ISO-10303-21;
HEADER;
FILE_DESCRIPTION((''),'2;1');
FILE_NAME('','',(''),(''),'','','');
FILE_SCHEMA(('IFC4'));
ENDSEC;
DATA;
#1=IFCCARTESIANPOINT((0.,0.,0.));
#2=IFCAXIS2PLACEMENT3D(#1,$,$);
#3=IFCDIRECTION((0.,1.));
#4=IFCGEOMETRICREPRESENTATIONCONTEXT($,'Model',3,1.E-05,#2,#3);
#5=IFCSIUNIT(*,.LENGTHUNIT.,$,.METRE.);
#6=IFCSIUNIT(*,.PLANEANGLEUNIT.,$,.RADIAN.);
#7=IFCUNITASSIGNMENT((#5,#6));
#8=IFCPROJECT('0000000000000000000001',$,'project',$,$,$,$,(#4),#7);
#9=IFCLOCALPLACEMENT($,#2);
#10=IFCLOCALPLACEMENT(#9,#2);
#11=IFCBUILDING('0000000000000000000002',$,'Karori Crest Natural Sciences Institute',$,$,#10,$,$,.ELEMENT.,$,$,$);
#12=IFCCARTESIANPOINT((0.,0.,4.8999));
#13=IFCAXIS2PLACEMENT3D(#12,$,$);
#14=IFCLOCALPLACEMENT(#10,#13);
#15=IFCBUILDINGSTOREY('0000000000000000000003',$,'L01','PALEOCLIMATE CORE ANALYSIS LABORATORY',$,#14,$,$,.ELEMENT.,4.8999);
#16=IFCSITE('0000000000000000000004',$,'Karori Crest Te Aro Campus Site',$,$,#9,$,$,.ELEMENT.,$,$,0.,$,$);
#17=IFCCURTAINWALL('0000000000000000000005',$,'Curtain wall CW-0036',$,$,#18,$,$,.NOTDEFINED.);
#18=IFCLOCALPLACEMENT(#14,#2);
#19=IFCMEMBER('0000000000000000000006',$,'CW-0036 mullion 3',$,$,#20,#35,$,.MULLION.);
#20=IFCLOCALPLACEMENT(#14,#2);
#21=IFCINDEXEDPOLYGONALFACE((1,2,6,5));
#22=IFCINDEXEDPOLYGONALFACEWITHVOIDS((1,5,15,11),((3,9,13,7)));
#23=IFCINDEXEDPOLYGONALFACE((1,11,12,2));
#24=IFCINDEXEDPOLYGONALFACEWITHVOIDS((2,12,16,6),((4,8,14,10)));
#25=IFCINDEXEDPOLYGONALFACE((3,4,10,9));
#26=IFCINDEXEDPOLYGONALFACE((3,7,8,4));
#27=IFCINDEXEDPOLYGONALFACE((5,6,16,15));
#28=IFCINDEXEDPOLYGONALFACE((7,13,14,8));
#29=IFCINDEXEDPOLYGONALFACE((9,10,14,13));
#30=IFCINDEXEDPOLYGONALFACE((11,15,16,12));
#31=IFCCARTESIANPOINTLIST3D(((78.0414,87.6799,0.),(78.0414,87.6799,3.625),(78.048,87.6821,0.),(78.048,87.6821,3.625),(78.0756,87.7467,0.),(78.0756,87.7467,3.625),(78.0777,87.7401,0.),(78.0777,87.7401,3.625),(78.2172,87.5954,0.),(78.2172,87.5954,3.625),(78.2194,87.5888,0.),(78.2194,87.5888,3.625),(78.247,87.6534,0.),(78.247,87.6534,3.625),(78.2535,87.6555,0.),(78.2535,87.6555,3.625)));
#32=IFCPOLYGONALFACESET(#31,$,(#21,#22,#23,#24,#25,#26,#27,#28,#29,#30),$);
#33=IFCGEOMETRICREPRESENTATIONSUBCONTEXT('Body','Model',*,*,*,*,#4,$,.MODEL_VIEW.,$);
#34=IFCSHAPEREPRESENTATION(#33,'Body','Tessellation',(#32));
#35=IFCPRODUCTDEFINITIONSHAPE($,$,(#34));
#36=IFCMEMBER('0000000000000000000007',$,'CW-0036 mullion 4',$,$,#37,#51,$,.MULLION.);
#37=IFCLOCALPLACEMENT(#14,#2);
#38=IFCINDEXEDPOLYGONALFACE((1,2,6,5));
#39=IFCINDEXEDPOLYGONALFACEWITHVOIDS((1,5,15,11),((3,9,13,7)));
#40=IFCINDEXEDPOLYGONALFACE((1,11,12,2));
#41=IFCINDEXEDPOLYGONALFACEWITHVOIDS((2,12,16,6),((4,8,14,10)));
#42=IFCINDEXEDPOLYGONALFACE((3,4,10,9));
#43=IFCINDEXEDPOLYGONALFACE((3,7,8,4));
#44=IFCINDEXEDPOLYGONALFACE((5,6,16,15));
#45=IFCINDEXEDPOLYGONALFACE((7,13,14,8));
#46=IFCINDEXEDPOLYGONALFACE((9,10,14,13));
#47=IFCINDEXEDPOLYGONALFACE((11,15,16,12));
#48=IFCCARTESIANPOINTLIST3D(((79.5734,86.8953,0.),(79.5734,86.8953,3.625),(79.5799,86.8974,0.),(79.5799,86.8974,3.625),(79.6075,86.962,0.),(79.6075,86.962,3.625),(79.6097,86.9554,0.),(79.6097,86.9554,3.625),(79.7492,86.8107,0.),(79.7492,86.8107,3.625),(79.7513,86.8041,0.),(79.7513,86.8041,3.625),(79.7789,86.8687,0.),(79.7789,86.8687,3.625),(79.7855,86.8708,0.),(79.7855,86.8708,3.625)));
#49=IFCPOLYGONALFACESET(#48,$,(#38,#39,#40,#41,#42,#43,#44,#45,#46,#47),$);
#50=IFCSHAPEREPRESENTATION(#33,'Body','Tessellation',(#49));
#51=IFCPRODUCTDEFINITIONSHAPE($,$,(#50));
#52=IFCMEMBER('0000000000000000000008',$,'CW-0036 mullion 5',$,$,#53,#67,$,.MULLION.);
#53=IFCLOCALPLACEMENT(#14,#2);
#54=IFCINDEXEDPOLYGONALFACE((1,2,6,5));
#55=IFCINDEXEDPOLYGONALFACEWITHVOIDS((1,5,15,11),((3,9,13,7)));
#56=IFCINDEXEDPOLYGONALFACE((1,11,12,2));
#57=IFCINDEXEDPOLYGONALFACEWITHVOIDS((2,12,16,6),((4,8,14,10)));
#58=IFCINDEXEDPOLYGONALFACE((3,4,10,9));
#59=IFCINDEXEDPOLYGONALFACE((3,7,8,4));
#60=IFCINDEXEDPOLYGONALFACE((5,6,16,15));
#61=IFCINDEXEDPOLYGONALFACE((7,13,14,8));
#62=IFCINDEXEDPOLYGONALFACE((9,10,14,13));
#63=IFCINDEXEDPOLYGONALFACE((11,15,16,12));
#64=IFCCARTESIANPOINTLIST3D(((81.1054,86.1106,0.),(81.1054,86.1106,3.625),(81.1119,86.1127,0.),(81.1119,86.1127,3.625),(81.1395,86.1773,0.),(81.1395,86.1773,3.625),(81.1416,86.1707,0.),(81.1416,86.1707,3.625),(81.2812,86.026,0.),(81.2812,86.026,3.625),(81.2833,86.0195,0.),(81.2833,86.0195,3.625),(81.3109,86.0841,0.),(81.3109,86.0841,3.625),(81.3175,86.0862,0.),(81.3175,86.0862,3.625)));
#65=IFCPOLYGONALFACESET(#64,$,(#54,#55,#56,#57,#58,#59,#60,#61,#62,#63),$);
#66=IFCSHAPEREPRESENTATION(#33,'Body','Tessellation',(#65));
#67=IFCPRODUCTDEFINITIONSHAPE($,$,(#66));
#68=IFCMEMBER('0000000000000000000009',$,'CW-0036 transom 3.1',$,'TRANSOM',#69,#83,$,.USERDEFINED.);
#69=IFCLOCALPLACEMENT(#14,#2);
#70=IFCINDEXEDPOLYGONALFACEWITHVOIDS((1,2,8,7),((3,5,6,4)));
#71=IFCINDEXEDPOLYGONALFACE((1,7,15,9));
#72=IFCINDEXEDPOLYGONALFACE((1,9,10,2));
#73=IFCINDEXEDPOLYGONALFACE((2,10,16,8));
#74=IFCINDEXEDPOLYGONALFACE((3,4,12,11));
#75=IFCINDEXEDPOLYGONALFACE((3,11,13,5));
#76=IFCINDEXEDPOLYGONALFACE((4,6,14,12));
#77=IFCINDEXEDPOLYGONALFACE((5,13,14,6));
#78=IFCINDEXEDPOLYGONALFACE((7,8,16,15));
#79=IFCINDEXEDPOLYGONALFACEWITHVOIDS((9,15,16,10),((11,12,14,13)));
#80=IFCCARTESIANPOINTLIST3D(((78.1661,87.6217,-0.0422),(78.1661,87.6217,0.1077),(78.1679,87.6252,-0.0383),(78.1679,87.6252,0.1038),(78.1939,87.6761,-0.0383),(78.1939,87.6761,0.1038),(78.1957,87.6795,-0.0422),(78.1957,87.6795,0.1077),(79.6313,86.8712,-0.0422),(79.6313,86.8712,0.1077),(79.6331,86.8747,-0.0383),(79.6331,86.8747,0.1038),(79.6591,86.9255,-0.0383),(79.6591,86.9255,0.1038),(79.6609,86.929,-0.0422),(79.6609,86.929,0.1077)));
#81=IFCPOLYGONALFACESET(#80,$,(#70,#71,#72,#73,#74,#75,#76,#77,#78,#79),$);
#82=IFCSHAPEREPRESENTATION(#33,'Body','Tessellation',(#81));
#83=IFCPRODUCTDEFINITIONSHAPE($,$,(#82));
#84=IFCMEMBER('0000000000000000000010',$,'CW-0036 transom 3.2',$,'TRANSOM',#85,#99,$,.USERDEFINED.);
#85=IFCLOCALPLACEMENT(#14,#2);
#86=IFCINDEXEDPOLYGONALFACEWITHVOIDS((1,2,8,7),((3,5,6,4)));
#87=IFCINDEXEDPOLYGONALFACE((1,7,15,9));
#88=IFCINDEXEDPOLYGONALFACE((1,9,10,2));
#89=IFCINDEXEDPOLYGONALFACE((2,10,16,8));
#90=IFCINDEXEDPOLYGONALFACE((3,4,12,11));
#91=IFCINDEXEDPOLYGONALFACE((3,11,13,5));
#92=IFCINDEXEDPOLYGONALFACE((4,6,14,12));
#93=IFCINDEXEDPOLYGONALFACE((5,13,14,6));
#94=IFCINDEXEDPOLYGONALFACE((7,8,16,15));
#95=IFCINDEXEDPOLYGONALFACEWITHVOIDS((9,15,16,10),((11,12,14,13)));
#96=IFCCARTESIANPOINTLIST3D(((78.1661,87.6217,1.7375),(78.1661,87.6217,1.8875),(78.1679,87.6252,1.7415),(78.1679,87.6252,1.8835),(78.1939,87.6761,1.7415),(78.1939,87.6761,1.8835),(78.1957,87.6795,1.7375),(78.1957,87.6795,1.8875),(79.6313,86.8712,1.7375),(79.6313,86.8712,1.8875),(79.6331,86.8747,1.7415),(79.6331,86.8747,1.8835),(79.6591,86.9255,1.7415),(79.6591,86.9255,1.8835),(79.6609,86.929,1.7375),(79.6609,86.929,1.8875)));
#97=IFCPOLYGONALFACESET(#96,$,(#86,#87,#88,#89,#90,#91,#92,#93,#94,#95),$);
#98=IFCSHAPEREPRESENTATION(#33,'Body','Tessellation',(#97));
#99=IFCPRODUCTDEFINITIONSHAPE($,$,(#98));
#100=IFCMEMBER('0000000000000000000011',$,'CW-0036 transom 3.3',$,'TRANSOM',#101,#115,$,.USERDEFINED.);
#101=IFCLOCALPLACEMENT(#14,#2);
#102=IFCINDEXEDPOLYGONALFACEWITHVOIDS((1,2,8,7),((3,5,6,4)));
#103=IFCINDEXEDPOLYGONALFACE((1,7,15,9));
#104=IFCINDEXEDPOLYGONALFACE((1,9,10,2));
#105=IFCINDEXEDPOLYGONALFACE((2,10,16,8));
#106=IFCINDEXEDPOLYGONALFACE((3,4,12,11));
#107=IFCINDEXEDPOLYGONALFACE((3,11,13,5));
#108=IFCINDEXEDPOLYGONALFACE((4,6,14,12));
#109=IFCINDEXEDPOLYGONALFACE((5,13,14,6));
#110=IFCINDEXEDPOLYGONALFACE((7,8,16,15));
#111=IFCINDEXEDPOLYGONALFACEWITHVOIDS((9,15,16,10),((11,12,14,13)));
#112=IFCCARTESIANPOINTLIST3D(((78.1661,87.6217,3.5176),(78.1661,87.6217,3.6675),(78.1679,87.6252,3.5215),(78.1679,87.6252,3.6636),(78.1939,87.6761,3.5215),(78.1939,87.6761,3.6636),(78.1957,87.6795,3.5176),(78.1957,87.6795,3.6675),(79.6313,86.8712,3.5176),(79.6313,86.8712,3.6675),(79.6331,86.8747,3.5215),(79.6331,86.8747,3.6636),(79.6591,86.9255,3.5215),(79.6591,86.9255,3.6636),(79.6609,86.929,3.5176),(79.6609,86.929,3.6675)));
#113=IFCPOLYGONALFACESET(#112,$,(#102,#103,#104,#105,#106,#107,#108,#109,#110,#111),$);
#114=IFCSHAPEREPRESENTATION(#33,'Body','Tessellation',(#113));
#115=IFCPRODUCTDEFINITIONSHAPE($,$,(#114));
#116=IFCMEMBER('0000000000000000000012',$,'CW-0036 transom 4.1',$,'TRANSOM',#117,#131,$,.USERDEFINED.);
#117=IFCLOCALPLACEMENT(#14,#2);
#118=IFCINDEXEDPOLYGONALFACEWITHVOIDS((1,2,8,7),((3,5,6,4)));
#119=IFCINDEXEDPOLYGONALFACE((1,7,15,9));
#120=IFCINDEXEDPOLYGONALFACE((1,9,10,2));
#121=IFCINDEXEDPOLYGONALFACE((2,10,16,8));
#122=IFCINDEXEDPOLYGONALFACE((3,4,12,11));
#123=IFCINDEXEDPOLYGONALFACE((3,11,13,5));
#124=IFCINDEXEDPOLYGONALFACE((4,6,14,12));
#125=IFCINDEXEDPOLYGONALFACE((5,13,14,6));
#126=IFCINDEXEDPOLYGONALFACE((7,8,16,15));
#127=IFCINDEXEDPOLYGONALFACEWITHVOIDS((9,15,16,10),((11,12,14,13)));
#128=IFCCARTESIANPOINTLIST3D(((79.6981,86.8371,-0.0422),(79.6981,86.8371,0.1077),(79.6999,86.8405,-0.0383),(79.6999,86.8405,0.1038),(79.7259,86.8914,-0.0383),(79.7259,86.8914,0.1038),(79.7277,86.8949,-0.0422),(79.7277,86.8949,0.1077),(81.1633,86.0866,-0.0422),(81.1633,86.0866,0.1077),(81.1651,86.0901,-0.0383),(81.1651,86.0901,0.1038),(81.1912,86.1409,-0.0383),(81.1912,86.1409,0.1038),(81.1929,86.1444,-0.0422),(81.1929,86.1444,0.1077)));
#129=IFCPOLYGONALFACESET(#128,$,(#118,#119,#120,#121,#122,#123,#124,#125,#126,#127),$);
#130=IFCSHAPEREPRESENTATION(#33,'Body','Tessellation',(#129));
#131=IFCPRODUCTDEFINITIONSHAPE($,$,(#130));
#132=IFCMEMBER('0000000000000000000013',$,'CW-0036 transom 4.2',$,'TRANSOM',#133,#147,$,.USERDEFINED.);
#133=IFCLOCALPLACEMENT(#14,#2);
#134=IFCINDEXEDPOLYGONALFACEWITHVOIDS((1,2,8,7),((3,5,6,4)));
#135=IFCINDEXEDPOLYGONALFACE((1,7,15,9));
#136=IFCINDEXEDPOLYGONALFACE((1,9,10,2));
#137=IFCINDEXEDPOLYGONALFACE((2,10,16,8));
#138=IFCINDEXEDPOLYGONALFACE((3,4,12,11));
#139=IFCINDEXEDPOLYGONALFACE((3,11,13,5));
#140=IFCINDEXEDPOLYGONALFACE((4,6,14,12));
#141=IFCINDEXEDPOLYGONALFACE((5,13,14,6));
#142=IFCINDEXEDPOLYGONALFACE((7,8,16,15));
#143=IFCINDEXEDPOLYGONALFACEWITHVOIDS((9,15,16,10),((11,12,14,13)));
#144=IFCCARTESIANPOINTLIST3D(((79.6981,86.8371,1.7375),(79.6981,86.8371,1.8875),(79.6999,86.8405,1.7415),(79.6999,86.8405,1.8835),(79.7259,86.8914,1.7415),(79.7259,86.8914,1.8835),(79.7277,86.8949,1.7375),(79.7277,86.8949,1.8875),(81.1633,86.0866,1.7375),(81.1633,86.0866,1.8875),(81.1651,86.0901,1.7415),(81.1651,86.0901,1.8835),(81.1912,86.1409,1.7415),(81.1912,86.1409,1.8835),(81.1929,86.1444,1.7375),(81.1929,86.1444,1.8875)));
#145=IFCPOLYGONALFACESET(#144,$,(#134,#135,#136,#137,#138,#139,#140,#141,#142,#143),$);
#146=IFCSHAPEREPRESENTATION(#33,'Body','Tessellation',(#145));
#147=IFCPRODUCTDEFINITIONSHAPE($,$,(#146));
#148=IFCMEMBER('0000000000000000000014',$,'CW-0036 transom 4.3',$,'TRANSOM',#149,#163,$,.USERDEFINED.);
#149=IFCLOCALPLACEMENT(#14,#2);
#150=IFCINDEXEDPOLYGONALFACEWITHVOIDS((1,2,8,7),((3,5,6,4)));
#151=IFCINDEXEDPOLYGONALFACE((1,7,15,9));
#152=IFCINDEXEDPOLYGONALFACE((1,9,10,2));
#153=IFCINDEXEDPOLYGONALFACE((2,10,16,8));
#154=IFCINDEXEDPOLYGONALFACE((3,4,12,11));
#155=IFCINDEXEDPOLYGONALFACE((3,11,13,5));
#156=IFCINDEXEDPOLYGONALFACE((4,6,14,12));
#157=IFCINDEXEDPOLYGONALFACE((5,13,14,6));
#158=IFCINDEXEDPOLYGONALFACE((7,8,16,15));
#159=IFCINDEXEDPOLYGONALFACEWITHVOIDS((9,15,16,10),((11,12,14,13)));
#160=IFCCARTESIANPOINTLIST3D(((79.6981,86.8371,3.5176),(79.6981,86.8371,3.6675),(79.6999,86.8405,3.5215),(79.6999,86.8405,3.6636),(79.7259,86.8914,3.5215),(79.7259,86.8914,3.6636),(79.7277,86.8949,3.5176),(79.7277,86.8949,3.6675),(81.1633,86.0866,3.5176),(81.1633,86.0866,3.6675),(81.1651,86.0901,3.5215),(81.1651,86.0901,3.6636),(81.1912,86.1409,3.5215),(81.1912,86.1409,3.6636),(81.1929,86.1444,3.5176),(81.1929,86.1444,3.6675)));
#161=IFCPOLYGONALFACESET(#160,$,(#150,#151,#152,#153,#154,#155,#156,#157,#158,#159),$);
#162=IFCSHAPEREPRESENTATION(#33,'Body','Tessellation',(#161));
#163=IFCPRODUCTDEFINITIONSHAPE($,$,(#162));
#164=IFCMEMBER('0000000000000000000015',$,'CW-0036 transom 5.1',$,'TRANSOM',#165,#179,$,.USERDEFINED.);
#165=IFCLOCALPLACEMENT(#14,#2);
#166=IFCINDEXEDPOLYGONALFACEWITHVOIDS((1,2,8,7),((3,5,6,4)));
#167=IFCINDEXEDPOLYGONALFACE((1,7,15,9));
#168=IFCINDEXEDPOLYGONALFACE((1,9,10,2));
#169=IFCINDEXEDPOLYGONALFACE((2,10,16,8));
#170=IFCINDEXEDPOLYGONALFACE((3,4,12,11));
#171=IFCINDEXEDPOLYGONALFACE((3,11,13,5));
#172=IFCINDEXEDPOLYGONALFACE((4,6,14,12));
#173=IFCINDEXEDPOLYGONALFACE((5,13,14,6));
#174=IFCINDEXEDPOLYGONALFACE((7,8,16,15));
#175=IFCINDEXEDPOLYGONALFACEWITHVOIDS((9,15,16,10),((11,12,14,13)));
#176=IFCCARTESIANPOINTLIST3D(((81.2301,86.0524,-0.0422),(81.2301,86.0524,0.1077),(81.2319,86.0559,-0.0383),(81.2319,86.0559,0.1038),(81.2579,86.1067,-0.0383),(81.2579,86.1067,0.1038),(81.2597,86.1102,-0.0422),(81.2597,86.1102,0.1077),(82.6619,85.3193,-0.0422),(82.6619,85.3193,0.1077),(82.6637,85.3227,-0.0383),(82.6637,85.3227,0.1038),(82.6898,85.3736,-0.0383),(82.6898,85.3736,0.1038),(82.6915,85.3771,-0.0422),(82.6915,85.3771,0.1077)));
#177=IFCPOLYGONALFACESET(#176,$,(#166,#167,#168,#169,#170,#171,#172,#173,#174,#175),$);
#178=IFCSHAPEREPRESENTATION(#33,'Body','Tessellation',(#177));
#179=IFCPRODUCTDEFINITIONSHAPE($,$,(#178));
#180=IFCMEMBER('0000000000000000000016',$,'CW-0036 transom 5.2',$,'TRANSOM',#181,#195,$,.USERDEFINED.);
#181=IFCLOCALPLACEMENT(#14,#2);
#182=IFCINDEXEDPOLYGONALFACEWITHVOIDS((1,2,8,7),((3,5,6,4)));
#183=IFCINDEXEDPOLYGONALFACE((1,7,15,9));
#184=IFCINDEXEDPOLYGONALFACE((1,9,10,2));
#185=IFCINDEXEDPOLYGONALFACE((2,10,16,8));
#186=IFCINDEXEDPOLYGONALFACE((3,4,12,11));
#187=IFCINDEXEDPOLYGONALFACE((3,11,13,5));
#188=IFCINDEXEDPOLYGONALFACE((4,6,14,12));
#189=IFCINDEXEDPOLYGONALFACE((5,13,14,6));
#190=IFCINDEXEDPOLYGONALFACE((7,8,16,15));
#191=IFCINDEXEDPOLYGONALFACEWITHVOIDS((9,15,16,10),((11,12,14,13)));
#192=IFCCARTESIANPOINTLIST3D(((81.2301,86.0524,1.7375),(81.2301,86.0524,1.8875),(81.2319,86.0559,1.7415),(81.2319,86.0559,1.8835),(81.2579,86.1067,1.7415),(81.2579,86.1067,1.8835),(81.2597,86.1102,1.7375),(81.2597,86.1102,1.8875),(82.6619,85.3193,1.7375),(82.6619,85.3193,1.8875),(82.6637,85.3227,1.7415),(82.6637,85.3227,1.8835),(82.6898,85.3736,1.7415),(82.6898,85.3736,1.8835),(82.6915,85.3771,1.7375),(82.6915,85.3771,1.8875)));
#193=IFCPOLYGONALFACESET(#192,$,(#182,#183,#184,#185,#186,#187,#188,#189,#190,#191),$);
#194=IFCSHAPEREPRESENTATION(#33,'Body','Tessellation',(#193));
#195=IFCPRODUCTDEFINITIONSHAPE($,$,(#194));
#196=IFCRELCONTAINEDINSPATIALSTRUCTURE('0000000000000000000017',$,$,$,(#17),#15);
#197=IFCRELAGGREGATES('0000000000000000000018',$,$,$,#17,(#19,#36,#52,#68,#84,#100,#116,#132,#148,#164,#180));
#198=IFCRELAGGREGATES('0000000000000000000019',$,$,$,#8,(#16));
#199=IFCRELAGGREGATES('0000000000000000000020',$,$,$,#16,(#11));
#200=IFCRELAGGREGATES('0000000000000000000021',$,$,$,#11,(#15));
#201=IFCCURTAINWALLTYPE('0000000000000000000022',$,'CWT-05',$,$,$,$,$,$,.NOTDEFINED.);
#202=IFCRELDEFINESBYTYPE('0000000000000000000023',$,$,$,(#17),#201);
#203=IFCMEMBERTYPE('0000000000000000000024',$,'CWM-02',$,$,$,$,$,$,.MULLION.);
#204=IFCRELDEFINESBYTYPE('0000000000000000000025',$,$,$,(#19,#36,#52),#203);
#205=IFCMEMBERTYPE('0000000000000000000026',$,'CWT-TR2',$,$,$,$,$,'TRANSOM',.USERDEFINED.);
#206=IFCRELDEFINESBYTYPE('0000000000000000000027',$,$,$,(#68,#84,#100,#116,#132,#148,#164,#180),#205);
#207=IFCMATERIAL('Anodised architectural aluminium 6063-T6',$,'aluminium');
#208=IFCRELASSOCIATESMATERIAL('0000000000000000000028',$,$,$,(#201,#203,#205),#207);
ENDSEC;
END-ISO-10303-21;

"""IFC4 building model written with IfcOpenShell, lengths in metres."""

from ifc_helpers import new_model, si_unit, direction, frame, origin, origin_2d, place, context, subcontext, project, spatial, hollow_rectangle, extrude, material, material_profile, profile_set, type_object, element, aggregate, save


model = new_model("IFC4")

# Units and contexts
model_context = context("Model", 3, precision=1e-05, world=origin(), true_north=direction((0.0, 1.0)))
body_context = subcontext(model_context, "Body", "Model", "MODEL_VIEW")
ifc_project = project(units=[si_unit("LENGTHUNIT", "METRE"), si_unit("PLANEANGLEUNIT", "RADIAN")], contexts=[model_context])

# Site, building, storey
site_placement = place(None, origin())
site = spatial("IfcSite", under=ifc_project, at=site_placement, Name="Karori Crest Te Aro Campus Site", CompositionType="ELEMENT", RefElevation=0.0)
building_placement = place(site_placement, origin())
building = spatial("IfcBuilding", under=site, at=building_placement, Name="Karori Crest Natural Sciences Institute", CompositionType="ELEMENT")
storey_placement = place(building_placement, frame((0.0, 0.0, 4.8999)))
storey = spatial("IfcBuildingStorey", under=building, at=storey_placement, Name="L01", Description="PALEOCLIMATE CORE ANALYSIS LABORATORY", CompositionType="ELEMENT", Elevation=4.8999)

# Curtain wall, members
ifc_material_1 = material(Name="Anodised architectural aluminium 6063-T6", Category="aluminium")
curtain_wall_type = type_object("IfcCurtainWallType", Name="CWT-05", PredefinedType="NOTDEFINED", material=ifc_material_1)
curtain_wall_placement = place(storey_placement, origin())
curtain_wall = element("IfcCurtainWall", 1, at=curtain_wall_placement, inside=storey, type_object=curtain_wall_type, Name="Curtain wall CW-0036", PredefinedType="NOTDEFINED")
ifc_material_profile_1 = material_profile(ifc_material_1, hollow_rectangle(XDim=0.075, YDim=0.2, WallThickness=0.0049, at=origin_2d()), Name="CWM200x75x5")
ifc_profile_set_1 = profile_set([ifc_material_profile_1], Name="Anodised architectural aluminium 6063-T6")
member_type_1 = type_object("IfcMemberType", Name="CWM-02", PredefinedType="MULLION", material=ifc_profile_set_1)
member_1_placement = place(storey_placement, frame((78.1475, 87.6677, 0.0), z_axis=(0.0, 0.0, 1.0), x_axis=(0.455833, 0.890065, 0.0)))
member_1 = element("IfcMember", 2, at=member_1_placement, type_object=member_type_1, Name="CW-0036 mullion 3", PredefinedType="MULLION", context=body_context, shape_type="SweptSolid", body=[
    extrude(hollow_rectangle(XDim=0.075, YDim=0.2, WallThickness=0.0049, at=origin_2d()), origin(), (0.0, 0.0, 1.0), 3.625),
])
member_2_placement = place(storey_placement, frame((79.6794, 86.8831, 0.0), z_axis=(0.0, 0.0, 1.0), x_axis=(0.455833, 0.890065, 0.0)))
member_2 = element("IfcMember", 3, at=member_2_placement, type_object=member_type_1, Name="CW-0036 mullion 4", PredefinedType="MULLION", context=body_context, shape_type="SweptSolid", body=[
    extrude(hollow_rectangle(XDim=0.075, YDim=0.2, WallThickness=0.0049, at=origin_2d()), origin(), (0.0, 0.0, 1.0), 3.625),
])
member_3_placement = place(storey_placement, frame((81.2114, 86.0984, 0.0), z_axis=(0.0, 0.0, 1.0), x_axis=(0.455833, 0.890065, 0.0)))
member_3 = element("IfcMember", 4, at=member_3_placement, type_object=member_type_1, Name="CW-0036 mullion 5", PredefinedType="MULLION", context=body_context, shape_type="SweptSolid", body=[
    extrude(hollow_rectangle(XDim=0.075, YDim=0.2, WallThickness=0.0049, at=origin_2d()), origin(), (0.0, 0.0, 1.0), 3.625),
])
ifc_material_profile_2 = material_profile(ifc_material_1, hollow_rectangle(XDim=0.0649, YDim=0.1499, WallThickness=0.0039, at=origin_2d()), Name="CWT150x65x4")
ifc_profile_set_2 = profile_set([ifc_material_profile_2], Name="Anodised architectural aluminium 6063-T6")
member_type_2 = type_object("IfcMemberType", Name="CWT-TR2", ElementType="TRANSOM", PredefinedType="USERDEFINED", material=ifc_profile_set_2)
member_4_placement = place(storey_placement, frame((78.1809, 87.6506, 0.0327), z_axis=(0.890024, -0.455913, 0.0), x_axis=(0.455913, 0.890024, 0.0)))
member_4 = element("IfcMember", 5, at=member_4_placement, type_object=member_type_2, Name="CW-0036 transom 3.1", ObjectType="TRANSOM", PredefinedType="USERDEFINED", context=body_context, shape_type="SweptSolid", body=[
    extrude(hollow_rectangle(XDim=0.0649, YDim=0.1499, WallThickness=0.0039, at=origin_2d()), origin(), (0.0, 0.0, 1.0), 1.6462),
])
member_5_placement = place(storey_placement, frame((78.1809, 87.6506, 1.8125), z_axis=(0.890024, -0.455913, 0.0), x_axis=(0.455913, 0.890024, 0.0)))
member_5 = element("IfcMember", 6, at=member_5_placement, type_object=member_type_2, Name="CW-0036 transom 3.2", ObjectType="TRANSOM", PredefinedType="USERDEFINED", context=body_context, shape_type="SweptSolid", body=[
    extrude(hollow_rectangle(XDim=0.0649, YDim=0.1499, WallThickness=0.0039, at=origin_2d()), origin(), (0.0, 0.0, 1.0), 1.6462),
])
member_6_placement = place(storey_placement, frame((78.1809, 87.6506, 3.5925), z_axis=(0.890024, -0.455913, 0.0), x_axis=(0.455913, 0.890024, 0.0)))
member_6 = element("IfcMember", 7, at=member_6_placement, type_object=member_type_2, Name="CW-0036 transom 3.3", ObjectType="TRANSOM", PredefinedType="USERDEFINED", context=body_context, shape_type="SweptSolid", body=[
    extrude(hollow_rectangle(XDim=0.0649, YDim=0.1499, WallThickness=0.0039, at=origin_2d()), origin(), (0.0, 0.0, 1.0), 1.6462),
])
member_7_placement = place(storey_placement, frame((79.7129, 86.866, 0.0327), z_axis=(0.890055, -0.455853, 0.0), x_axis=(0.455853, 0.890055, 0.0)))
member_7 = element("IfcMember", 8, at=member_7_placement, type_object=member_type_2, Name="CW-0036 transom 4.1", ObjectType="TRANSOM", PredefinedType="USERDEFINED", context=body_context, shape_type="SweptSolid", body=[
    extrude(hollow_rectangle(XDim=0.0649, YDim=0.1499, WallThickness=0.0039, at=origin_2d()), origin(), (0.0, 0.0, 1.0), 1.6462),
])
member_8_placement = place(storey_placement, frame((79.7129, 86.866, 1.8125), z_axis=(0.890055, -0.455853, 0.0), x_axis=(0.455853, 0.890055, 0.0)))
member_8 = element("IfcMember", 9, at=member_8_placement, type_object=member_type_2, Name="CW-0036 transom 4.2", ObjectType="TRANSOM", PredefinedType="USERDEFINED", context=body_context, shape_type="SweptSolid", body=[
    extrude(hollow_rectangle(XDim=0.0649, YDim=0.1499, WallThickness=0.0039, at=origin_2d()), origin(), (0.0, 0.0, 1.0), 1.6462),
])
member_9_placement = place(storey_placement, frame((79.7129, 86.866, 3.5925), z_axis=(0.890055, -0.455853, 0.0), x_axis=(0.455853, 0.890055, 0.0)))
member_9 = element("IfcMember", 10, at=member_9_placement, type_object=member_type_2, Name="CW-0036 transom 4.3", ObjectType="TRANSOM", PredefinedType="USERDEFINED", context=body_context, shape_type="SweptSolid", body=[
    extrude(hollow_rectangle(XDim=0.0649, YDim=0.1499, WallThickness=0.0039, at=origin_2d()), origin(), (0.0, 0.0, 1.0), 1.6462),
])
member_10_placement = place(storey_placement, frame((81.2449, 86.0813, 0.0327), z_axis=(0.890106, -0.455753, 0.0), x_axis=(0.455753, 0.890106, 0.0)))
member_10 = element("IfcMember", 11, at=member_10_placement, type_object=member_type_2, Name="CW-0036 transom 5.1", ObjectType="TRANSOM", PredefinedType="USERDEFINED", context=body_context, shape_type="SweptSolid", body=[
    extrude(hollow_rectangle(XDim=0.0649, YDim=0.1499, WallThickness=0.0039, at=origin_2d()), origin(), (0.0, 0.0, 1.0), 1.6086),
])
member_11_placement = place(storey_placement, frame((81.2449, 86.0813, 1.8125), z_axis=(0.890106, -0.455753, 0.0), x_axis=(0.455753, 0.890106, 0.0)))
member_11 = element("IfcMember", 12, at=member_11_placement, type_object=member_type_2, Name="CW-0036 transom 5.2", ObjectType="TRANSOM", PredefinedType="USERDEFINED", context=body_context, shape_type="SweptSolid", body=[
    extrude(hollow_rectangle(XDim=0.0649, YDim=0.1499, WallThickness=0.0039, at=origin_2d()), origin(), (0.0, 0.0, 1.0), 1.6086),
])
aggregate(curtain_wall, [member_1, member_2, member_3, member_4, member_5, member_6, member_7, member_8, member_9, member_10, member_11])

save(model, "model.ifc")
